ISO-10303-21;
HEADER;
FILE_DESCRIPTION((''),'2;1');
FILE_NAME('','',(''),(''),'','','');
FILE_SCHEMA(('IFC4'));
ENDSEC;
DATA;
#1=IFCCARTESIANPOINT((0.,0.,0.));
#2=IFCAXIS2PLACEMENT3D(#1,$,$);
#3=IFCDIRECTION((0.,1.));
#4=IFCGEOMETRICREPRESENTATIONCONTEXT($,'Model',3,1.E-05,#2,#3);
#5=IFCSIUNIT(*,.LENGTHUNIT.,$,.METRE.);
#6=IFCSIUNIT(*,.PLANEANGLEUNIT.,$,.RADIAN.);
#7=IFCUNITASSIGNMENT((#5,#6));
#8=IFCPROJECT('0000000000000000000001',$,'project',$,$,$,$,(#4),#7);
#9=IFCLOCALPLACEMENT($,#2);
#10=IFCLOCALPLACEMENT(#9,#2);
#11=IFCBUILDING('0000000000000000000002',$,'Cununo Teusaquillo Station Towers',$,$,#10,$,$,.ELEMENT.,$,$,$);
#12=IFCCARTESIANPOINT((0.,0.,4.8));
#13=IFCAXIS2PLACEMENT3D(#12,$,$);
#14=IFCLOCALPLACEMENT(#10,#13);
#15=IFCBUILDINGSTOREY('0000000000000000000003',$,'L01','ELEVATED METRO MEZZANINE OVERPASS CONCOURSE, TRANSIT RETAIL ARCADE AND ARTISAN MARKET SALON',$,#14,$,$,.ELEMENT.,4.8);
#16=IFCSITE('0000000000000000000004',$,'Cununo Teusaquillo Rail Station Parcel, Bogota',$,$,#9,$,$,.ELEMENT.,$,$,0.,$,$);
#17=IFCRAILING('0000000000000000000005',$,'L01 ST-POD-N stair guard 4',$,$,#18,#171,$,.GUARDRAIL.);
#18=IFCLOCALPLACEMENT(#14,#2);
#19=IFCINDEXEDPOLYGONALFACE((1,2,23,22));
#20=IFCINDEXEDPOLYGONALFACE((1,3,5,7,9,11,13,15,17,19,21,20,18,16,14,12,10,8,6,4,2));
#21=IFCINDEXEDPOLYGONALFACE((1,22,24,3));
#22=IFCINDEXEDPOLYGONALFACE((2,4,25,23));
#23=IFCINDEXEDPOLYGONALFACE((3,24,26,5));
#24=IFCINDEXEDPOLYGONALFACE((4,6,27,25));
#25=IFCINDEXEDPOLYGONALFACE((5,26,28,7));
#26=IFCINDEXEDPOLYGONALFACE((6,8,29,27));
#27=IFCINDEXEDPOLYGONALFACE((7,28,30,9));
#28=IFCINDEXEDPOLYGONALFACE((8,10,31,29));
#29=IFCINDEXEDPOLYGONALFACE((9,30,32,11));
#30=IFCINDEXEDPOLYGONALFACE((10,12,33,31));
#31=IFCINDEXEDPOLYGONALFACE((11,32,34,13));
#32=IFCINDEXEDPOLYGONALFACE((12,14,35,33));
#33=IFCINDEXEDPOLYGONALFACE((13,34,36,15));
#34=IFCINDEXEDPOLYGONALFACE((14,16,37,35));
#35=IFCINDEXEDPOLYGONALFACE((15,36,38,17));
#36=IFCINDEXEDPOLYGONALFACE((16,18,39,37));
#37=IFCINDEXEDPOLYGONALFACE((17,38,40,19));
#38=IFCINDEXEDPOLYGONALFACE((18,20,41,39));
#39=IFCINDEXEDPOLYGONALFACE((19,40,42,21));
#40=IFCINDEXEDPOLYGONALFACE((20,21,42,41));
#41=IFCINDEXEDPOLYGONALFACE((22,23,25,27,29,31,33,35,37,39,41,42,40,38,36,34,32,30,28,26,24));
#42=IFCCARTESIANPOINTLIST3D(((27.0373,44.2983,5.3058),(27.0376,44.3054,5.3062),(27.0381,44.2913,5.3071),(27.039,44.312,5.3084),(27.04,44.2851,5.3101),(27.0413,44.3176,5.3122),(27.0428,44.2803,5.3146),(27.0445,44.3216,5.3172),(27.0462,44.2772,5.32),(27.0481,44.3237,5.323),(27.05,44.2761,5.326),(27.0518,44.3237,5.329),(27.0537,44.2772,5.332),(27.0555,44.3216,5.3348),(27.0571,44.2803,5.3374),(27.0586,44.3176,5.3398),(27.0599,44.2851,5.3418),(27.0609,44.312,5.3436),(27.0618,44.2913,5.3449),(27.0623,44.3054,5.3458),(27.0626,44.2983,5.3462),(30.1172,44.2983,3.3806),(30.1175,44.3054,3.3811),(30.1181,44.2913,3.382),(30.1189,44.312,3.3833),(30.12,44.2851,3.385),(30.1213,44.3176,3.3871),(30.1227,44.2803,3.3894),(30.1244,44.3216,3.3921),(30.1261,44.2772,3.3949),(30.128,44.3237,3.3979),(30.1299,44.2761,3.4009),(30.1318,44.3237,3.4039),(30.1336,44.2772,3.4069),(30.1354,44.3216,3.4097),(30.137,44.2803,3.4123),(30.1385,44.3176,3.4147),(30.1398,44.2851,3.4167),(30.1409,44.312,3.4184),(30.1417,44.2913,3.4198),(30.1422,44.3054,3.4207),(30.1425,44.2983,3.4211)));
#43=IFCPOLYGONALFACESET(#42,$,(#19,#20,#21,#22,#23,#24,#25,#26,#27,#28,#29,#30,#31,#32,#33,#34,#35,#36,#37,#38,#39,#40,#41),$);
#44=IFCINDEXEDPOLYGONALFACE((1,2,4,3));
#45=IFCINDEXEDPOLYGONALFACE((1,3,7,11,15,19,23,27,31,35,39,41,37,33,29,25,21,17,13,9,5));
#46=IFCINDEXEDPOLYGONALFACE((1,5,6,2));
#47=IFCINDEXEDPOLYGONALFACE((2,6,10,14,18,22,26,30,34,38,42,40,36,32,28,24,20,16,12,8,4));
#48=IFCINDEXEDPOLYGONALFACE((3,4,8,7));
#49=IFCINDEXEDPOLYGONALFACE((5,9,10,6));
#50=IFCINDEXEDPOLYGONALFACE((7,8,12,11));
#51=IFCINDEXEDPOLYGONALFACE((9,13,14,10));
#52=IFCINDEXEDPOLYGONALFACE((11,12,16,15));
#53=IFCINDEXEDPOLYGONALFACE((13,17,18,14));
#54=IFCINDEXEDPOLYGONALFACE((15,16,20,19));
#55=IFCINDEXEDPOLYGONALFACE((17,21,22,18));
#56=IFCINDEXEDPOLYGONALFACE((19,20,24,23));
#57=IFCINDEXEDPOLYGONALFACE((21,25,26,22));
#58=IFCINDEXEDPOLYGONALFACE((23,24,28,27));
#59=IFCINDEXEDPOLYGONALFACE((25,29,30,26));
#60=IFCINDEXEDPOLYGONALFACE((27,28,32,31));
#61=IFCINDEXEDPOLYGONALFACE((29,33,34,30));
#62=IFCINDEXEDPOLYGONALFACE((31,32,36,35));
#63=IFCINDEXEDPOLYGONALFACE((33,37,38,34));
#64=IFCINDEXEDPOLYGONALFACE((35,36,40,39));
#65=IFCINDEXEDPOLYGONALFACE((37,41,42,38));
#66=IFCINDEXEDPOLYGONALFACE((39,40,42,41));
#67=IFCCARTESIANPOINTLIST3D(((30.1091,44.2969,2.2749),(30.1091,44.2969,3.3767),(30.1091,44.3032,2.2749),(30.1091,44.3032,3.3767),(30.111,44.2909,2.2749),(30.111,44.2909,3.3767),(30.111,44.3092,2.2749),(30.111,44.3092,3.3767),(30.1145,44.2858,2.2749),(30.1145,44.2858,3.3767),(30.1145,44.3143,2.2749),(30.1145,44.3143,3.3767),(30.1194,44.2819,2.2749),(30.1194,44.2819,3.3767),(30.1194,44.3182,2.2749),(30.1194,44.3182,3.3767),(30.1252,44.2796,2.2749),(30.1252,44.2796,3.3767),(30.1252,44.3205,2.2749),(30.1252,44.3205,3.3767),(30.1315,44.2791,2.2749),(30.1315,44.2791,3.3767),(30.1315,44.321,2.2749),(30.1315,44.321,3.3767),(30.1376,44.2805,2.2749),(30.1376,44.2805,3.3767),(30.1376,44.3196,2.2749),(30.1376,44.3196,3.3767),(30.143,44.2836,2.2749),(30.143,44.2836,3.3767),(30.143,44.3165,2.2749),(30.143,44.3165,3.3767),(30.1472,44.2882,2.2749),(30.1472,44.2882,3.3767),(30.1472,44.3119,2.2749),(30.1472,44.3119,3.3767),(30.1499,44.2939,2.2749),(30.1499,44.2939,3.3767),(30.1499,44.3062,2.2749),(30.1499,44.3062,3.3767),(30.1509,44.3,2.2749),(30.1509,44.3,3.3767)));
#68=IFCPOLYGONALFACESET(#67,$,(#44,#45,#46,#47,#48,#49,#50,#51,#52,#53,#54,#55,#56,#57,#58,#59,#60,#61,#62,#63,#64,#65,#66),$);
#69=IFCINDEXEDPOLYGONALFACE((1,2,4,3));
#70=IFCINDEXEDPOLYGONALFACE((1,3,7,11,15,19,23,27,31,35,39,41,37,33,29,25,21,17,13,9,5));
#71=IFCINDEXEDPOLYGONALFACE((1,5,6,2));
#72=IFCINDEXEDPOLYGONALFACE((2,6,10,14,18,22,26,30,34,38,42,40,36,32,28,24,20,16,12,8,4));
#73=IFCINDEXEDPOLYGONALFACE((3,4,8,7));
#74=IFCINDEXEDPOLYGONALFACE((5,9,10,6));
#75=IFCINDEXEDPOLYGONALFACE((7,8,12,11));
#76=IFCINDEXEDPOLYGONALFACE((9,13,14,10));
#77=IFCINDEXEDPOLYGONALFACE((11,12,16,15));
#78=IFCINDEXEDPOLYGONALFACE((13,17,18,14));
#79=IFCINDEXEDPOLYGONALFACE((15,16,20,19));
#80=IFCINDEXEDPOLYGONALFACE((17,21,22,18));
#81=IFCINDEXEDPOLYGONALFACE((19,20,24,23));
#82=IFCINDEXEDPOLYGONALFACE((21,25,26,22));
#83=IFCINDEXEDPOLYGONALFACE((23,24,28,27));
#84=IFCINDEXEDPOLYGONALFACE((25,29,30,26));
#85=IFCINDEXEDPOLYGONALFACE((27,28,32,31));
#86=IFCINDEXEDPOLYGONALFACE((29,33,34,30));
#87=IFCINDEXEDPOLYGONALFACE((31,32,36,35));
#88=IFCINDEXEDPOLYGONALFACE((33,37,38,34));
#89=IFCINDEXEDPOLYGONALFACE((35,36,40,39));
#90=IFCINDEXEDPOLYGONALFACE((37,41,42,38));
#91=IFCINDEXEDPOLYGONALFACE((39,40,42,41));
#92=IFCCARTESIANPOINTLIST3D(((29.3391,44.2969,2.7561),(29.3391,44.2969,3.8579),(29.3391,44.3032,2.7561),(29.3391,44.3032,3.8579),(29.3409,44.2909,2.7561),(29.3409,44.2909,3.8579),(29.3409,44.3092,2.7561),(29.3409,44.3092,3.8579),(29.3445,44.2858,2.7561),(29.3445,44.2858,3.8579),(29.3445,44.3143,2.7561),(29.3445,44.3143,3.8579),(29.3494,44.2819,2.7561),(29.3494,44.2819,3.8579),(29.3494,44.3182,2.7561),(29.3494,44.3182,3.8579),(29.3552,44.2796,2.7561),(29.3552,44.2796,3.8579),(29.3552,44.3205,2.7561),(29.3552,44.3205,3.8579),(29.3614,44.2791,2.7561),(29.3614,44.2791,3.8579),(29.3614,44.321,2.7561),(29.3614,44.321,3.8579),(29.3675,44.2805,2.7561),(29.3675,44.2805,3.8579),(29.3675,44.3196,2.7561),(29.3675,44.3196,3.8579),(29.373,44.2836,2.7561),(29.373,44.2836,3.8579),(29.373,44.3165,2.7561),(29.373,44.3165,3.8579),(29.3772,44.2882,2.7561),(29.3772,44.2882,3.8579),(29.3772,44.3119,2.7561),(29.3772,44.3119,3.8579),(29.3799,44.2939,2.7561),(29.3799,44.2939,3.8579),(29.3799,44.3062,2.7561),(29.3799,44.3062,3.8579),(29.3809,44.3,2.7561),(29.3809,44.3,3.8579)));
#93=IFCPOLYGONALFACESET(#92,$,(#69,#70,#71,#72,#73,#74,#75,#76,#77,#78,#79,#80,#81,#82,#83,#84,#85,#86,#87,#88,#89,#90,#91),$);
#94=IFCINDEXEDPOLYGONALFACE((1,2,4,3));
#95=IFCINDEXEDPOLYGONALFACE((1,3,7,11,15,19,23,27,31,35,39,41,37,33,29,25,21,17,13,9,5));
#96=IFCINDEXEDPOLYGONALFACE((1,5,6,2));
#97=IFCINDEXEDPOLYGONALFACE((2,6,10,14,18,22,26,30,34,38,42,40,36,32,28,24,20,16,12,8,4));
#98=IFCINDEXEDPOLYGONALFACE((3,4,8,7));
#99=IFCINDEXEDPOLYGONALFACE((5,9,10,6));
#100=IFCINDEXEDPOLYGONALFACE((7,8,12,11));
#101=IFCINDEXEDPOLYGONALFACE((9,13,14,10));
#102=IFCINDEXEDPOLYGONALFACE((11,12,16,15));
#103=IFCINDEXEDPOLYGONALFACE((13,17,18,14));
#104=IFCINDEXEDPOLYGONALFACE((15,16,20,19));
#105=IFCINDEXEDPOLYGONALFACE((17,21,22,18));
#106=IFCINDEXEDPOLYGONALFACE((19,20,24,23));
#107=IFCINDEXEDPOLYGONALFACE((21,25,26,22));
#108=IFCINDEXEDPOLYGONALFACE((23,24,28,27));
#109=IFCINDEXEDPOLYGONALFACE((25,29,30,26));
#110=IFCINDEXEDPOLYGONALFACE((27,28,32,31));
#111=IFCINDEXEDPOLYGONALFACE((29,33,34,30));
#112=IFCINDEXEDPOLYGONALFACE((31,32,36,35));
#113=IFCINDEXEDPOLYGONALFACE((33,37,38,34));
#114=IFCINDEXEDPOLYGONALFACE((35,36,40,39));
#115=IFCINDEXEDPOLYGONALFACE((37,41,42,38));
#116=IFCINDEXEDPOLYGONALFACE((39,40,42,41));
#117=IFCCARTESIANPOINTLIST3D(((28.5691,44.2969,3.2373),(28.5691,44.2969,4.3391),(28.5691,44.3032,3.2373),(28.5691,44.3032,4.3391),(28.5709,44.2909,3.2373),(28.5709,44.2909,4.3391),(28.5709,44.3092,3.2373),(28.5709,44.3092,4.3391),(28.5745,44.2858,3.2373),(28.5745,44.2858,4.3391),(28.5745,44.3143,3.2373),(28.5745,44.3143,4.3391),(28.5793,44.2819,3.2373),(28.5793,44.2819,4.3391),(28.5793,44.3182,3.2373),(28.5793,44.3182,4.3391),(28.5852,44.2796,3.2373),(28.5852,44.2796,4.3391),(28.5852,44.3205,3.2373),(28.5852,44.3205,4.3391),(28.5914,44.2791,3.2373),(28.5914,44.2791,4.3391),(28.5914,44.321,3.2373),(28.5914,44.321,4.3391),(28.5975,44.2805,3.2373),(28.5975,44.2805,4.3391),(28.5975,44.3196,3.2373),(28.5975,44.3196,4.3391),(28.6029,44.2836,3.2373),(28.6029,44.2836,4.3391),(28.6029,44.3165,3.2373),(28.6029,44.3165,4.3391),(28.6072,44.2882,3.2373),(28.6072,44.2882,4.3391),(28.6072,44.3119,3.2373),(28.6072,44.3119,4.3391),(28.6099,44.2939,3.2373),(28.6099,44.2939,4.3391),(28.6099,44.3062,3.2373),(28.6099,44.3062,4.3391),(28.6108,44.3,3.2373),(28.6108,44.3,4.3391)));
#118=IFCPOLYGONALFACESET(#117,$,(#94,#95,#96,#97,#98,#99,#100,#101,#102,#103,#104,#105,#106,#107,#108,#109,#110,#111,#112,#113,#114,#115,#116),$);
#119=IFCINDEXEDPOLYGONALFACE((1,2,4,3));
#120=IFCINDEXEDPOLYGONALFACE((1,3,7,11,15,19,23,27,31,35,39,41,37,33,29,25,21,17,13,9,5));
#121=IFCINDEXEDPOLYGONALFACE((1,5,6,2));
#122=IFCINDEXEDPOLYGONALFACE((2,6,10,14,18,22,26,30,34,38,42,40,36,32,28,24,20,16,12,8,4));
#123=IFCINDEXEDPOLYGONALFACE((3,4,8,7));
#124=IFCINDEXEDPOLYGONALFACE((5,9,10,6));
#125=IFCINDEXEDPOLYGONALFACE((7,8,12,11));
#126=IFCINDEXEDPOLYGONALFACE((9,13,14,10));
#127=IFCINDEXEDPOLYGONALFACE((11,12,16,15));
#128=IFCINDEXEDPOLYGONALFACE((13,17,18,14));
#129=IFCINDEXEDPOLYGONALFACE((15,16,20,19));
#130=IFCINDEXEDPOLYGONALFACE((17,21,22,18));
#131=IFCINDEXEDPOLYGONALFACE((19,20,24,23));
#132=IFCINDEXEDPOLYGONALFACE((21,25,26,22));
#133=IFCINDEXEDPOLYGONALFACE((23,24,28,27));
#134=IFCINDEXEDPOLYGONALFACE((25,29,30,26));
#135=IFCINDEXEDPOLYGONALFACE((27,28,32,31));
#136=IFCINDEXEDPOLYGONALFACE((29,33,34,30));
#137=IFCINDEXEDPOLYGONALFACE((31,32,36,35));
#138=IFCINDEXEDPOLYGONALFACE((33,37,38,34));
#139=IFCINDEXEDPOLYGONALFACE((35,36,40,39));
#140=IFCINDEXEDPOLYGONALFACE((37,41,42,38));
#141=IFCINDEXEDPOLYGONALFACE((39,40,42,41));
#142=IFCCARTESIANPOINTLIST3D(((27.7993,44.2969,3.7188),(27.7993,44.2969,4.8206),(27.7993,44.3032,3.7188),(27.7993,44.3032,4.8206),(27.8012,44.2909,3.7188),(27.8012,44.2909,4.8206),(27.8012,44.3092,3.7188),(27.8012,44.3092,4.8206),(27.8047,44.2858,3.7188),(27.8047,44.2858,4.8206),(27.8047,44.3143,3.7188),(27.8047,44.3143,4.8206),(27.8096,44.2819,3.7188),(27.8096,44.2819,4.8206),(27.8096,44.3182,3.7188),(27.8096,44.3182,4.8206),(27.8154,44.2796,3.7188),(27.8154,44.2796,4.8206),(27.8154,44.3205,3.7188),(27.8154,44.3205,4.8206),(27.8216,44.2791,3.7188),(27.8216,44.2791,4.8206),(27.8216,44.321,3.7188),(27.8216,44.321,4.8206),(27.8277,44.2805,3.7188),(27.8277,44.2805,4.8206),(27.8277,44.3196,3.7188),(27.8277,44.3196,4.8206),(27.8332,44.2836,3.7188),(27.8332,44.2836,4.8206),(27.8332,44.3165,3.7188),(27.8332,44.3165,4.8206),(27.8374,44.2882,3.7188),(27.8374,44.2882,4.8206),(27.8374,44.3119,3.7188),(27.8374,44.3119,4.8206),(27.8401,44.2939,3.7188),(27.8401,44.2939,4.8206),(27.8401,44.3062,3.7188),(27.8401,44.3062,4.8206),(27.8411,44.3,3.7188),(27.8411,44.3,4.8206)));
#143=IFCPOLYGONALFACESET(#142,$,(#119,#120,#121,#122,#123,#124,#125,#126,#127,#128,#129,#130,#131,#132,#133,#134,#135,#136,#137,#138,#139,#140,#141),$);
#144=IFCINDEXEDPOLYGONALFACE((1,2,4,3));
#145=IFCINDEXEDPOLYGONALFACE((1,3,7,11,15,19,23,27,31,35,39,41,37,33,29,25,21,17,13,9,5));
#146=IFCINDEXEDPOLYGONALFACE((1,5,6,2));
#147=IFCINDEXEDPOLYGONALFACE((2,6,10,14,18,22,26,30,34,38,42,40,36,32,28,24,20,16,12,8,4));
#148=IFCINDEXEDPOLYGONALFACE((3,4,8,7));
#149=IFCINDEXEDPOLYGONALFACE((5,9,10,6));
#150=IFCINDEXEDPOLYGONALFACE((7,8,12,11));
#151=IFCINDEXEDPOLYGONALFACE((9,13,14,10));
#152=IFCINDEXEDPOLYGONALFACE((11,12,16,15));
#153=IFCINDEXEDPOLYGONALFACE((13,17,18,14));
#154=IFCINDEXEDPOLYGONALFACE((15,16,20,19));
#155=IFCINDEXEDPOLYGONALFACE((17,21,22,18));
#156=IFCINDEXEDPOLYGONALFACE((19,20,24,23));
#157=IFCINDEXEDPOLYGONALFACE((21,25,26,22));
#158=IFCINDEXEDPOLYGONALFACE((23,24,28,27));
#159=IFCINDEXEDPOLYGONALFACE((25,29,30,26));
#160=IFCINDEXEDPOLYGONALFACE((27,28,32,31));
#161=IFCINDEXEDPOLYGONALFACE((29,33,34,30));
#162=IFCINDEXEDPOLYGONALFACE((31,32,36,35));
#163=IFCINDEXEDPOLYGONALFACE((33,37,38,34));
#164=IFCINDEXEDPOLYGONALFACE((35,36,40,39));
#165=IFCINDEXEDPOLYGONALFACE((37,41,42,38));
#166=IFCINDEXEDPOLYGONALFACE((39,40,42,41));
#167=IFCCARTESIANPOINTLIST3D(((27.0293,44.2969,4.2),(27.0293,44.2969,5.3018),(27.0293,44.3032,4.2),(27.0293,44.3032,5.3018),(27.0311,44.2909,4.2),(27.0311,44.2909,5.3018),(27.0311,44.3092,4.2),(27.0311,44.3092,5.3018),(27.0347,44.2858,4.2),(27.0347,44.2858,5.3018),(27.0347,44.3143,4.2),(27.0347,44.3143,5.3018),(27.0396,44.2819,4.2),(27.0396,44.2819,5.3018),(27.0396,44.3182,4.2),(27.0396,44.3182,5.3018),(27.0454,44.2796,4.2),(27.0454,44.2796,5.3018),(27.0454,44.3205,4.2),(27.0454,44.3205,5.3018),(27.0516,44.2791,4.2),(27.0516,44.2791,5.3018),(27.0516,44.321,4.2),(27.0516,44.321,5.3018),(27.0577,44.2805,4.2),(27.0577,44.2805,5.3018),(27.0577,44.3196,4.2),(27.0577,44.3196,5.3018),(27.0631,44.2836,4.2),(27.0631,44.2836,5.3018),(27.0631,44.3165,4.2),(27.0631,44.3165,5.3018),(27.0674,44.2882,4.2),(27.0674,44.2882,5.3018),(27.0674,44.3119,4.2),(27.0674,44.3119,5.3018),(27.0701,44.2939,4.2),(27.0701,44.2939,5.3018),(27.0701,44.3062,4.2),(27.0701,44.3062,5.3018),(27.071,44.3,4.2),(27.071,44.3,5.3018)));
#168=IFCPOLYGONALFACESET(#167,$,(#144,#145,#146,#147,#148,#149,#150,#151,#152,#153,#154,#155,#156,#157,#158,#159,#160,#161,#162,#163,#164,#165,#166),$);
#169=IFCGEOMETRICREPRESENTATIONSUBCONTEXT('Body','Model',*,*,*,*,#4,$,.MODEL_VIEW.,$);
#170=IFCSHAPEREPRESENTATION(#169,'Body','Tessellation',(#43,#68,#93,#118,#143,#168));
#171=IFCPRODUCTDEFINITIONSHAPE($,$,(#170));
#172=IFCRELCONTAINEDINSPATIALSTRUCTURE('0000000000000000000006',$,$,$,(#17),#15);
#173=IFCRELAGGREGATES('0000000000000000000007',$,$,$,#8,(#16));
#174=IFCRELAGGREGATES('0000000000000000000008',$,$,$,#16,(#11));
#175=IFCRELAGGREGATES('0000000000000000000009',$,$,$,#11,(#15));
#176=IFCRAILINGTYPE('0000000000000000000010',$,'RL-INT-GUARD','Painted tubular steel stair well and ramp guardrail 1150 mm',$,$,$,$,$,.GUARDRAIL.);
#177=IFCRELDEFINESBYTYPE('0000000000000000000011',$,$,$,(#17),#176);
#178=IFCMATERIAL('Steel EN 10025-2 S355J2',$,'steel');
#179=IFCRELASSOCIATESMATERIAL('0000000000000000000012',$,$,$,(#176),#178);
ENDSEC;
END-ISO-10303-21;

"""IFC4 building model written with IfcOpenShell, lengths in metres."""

from ifc_helpers import new_model, si_unit, direction, frame, origin, origin_2d, place, context, subcontext, project, spatial, circle, extrude, material, type_object, element, save


model = new_model("IFC4")

# Units and contexts
model_context = context("Model", 3, precision=1e-05, world=origin(), true_north=direction((0.0, 1.0)))
body_context = subcontext(model_context, "Body", "Model", "MODEL_VIEW")
ifc_project = project(units=[si_unit("LENGTHUNIT", "METRE"), si_unit("PLANEANGLEUNIT", "RADIAN")], contexts=[model_context])

# Site, building, storey
site_placement = place(None, origin())
site = spatial("IfcSite", under=ifc_project, at=site_placement, Name="Cununo Teusaquillo Rail Station Parcel, Bogota", CompositionType="ELEMENT", RefElevation=0.0)
building_placement = place(site_placement, origin())
building = spatial("IfcBuilding", under=site, at=building_placement, Name="Cununo Teusaquillo Station Towers", CompositionType="ELEMENT")
storey_placement = place(building_placement, frame((0.0, 0.0, 4.8)))
storey = spatial("IfcBuildingStorey", under=building, at=storey_placement, Name="L01", Description="ELEVATED METRO MEZZANINE OVERPASS CONCOURSE, TRANSIT RETAIL ARCADE AND ARTISAN MARKET SALON", CompositionType="ELEMENT", Elevation=4.8)

# Railing
ifc_material_1 = material(Name="Steel EN 10025-2 S355J2", Category="steel")
railing_type_1 = type_object("IfcRailingType", Name="RL-INT-GUARD", Description="Painted tubular steel stair well and ramp guardrail 1150 mm", PredefinedType="GUARDRAIL", material=ifc_material_1)
railing_1_placement = place(storey_placement, frame((30.1299, 44.3, 2.2749)))
element("IfcRailing", 1, at=railing_1_placement, inside=storey, type_object=railing_type_1, Name="L01 ST-POD-N stair guard 4", PredefinedType="GUARDRAIL", context=body_context, shape_type="SweptSolid", body=[
    extrude(circle(Radius=0.0239, at=origin_2d()), frame((0.0, 0.0, 1.126), z_axis=(-0.847979, 0.0, 0.530029), x_axis=(0.0, -1.0, 0.0)), (0.0, 0.0, 1.0), 3.6321),
    extrude(circle(Radius=0.021, at=origin_2d()), origin(), (0.0, 0.0, 1.0), 1.1018),
    extrude(circle(Radius=0.021, at=origin_2d()), frame((-0.77, 0.0, 0.4812)), (0.0, 0.0, 1.0), 1.1018),
    extrude(circle(Radius=0.021, at=origin_2d()), frame((-1.54, 0.0, 0.9624)), (0.0, 0.0, 1.0), 1.1018),
    extrude(circle(Radius=0.021, at=origin_2d()), frame((-2.3098, 0.0, 1.4438)), (0.0, 0.0, 1.0), 1.1018),
    extrude(circle(Radius=0.021, at=origin_2d()), frame((-3.0798, 0.0, 1.925)), (0.0, 0.0, 1.0), 1.1018),
])

save(model, "model.ifc")
